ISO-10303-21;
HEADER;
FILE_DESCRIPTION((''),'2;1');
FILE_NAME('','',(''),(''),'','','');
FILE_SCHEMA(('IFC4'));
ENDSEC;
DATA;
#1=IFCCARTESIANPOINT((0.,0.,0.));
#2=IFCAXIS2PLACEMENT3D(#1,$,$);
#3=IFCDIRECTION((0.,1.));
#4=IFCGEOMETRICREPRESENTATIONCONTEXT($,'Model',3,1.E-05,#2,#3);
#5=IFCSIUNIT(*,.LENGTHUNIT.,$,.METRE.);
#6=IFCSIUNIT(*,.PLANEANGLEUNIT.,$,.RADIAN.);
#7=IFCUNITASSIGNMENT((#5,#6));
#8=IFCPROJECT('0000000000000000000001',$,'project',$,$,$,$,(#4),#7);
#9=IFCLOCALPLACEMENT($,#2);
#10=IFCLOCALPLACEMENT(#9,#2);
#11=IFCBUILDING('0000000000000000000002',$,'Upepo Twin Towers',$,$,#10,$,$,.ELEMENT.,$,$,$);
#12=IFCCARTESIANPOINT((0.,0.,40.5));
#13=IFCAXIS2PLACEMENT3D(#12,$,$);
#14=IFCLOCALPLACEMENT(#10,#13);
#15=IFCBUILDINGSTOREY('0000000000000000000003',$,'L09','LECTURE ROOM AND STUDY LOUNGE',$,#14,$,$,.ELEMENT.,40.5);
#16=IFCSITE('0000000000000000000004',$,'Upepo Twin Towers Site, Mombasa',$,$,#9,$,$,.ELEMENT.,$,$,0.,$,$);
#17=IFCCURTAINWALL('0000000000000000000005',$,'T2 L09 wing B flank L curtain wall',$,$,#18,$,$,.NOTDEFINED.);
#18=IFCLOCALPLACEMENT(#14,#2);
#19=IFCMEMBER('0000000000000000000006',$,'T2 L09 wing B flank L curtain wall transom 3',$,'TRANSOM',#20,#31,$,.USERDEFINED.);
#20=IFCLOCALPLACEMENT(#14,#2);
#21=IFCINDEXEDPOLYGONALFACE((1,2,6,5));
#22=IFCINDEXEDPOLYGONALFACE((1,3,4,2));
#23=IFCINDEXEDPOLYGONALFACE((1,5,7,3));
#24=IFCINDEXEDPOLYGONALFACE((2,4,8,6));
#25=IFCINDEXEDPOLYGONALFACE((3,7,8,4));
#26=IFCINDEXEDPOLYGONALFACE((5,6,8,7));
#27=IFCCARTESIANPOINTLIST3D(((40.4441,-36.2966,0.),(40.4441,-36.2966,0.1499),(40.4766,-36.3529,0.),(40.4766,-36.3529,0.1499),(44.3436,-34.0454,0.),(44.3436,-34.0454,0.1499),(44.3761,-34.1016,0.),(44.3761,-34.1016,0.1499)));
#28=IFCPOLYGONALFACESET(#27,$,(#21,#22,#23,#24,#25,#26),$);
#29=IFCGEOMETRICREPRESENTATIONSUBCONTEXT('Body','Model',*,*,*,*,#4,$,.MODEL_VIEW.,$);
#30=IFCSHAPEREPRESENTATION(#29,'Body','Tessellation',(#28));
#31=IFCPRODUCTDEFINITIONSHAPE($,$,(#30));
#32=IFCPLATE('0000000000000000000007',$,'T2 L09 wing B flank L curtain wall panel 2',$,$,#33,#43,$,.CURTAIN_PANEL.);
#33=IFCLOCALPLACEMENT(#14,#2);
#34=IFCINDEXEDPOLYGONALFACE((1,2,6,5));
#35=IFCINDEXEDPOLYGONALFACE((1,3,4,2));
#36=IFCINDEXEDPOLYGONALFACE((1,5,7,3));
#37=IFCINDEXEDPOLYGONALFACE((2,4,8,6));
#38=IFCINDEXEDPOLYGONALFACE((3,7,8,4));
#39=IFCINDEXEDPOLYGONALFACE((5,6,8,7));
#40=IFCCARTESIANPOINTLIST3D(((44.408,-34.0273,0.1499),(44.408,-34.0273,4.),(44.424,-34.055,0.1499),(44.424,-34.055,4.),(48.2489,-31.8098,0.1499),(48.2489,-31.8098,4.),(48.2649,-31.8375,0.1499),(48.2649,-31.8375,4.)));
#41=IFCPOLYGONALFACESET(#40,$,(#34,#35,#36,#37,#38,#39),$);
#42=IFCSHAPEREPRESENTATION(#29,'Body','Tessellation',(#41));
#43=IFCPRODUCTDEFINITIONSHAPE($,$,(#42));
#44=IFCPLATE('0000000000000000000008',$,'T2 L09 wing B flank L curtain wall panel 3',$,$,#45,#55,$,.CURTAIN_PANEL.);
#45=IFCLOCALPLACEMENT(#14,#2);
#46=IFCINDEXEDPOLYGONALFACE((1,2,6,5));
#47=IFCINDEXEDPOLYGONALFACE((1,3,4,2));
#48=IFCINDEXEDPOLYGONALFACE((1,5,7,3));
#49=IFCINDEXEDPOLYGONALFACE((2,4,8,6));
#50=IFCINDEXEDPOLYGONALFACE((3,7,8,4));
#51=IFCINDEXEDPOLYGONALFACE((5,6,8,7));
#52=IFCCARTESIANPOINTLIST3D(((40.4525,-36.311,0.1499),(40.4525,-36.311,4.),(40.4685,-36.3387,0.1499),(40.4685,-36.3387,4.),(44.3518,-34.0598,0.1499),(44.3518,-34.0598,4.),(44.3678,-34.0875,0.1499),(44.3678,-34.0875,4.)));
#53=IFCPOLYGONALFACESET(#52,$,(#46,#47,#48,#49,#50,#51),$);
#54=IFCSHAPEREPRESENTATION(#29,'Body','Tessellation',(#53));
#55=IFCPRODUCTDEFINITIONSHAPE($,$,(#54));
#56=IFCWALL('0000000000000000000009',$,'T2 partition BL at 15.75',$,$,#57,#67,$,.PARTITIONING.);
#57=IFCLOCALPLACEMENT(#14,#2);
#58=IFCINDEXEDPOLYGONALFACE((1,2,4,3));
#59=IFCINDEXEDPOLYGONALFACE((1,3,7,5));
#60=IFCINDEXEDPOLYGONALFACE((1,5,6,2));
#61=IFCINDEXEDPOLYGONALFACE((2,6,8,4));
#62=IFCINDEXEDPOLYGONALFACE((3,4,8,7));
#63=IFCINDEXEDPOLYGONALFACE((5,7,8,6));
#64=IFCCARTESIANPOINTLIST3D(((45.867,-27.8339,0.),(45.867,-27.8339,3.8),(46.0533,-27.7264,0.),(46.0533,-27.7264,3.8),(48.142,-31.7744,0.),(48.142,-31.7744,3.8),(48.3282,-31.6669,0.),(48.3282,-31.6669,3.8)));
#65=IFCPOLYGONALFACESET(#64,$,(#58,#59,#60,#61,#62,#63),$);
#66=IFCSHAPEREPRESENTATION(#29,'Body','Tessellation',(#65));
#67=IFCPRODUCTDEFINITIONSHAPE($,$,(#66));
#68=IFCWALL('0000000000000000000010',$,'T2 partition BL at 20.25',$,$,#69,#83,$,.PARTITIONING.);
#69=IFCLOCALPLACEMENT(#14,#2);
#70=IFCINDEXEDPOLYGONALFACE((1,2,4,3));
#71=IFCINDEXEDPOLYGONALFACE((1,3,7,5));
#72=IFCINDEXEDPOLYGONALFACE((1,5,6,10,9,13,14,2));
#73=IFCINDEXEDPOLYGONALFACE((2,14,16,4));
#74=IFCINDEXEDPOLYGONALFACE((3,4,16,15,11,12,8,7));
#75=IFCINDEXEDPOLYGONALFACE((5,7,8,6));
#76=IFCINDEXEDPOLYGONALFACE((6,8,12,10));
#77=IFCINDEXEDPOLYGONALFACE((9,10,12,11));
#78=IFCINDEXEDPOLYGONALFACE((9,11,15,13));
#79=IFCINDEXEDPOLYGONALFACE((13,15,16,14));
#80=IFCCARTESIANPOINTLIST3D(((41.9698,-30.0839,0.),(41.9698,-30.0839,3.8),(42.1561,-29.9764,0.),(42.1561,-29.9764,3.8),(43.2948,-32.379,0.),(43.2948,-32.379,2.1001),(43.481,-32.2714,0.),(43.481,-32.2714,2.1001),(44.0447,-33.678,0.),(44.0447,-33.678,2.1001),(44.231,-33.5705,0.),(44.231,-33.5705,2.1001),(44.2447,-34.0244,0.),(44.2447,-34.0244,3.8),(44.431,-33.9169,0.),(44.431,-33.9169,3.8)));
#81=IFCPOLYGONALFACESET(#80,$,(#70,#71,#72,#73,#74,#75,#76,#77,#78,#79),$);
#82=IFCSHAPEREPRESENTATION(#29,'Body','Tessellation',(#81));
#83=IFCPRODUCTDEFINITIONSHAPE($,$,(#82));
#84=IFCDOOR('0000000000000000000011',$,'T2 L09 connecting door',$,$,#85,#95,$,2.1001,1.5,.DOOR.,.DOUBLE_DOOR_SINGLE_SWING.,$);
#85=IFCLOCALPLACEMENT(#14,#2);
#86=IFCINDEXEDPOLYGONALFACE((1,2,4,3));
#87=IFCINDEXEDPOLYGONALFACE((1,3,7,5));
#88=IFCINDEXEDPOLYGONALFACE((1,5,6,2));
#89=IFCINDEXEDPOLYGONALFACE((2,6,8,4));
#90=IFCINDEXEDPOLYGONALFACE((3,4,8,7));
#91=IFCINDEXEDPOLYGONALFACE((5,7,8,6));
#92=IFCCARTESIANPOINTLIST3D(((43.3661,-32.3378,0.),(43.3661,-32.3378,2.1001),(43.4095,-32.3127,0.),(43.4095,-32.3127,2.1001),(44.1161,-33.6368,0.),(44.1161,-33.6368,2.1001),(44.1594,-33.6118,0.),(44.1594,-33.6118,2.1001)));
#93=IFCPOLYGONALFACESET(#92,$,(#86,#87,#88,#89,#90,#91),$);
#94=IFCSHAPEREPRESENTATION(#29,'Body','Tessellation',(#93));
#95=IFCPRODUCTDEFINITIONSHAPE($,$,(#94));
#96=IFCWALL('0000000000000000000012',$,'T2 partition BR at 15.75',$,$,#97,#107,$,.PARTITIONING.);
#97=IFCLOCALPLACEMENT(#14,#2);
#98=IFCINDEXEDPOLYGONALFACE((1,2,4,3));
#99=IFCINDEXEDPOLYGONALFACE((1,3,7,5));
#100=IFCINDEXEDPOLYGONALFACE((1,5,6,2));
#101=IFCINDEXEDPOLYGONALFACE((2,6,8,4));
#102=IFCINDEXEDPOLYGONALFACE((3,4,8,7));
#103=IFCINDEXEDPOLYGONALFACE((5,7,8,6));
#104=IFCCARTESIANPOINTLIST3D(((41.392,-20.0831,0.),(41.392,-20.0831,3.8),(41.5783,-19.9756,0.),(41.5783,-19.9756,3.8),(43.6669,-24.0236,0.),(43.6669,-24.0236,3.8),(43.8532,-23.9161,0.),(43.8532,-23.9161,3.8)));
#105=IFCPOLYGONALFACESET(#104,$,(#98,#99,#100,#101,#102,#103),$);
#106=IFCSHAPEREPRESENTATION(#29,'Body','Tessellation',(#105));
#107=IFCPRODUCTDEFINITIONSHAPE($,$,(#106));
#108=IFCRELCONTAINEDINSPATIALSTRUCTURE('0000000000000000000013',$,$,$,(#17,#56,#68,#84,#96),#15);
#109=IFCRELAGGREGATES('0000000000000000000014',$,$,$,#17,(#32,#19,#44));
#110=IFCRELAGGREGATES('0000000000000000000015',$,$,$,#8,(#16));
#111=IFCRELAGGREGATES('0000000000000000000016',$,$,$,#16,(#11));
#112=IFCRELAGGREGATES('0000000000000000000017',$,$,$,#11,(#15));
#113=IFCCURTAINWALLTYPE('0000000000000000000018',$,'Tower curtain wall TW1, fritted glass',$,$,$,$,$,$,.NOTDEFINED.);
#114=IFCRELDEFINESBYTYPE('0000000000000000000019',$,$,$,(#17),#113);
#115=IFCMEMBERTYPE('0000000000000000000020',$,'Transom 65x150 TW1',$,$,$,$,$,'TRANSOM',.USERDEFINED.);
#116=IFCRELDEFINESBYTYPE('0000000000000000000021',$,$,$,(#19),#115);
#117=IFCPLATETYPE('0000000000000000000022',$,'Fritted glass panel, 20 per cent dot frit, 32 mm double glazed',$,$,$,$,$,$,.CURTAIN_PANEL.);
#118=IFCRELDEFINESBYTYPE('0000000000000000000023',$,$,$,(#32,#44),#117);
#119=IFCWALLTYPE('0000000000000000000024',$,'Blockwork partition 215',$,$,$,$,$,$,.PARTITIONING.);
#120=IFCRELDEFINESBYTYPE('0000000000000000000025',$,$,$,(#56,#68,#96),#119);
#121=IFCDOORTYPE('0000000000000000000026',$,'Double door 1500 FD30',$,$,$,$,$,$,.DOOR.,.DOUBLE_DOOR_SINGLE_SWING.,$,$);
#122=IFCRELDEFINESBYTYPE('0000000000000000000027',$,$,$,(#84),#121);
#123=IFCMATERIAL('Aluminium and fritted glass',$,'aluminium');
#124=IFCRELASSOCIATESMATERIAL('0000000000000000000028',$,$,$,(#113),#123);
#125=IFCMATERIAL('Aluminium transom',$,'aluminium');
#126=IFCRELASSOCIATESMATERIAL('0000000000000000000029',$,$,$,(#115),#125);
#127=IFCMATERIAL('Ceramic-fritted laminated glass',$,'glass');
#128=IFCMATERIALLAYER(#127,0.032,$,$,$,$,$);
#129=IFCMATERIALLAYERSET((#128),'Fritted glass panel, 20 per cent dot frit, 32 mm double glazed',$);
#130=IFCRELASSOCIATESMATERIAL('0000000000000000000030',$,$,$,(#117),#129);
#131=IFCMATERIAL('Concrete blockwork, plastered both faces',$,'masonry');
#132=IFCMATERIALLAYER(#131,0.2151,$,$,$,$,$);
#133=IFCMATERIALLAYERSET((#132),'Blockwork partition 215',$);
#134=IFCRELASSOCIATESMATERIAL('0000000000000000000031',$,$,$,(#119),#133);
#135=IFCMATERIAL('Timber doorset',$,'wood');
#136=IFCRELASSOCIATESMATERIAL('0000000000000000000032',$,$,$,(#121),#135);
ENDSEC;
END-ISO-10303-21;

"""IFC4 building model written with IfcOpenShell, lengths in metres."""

from ifc_helpers import new_model, si_unit, direction, frame, frame_2d, origin, origin_2d, place, context, subcontext, project, spatial, rectangle, extrude, material, layer, layer_set, material_profile, profile_set, type_object, element, fill, aggregate, save


model = new_model("IFC4")

# Units and contexts
model_context = context("Model", 3, precision=1e-05, world=origin(), true_north=direction((0.0, 1.0)))
body_context = subcontext(model_context, "Body", "Model", "MODEL_VIEW")
ifc_project = project(units=[si_unit("LENGTHUNIT", "METRE"), si_unit("PLANEANGLEUNIT", "RADIAN")], contexts=[model_context])

# Site, building, storey
site_placement = place(None, origin())
site = spatial("IfcSite", under=ifc_project, at=site_placement, Name="Upepo Twin Towers Site, Mombasa", CompositionType="ELEMENT", RefElevation=0.0)
building_placement = place(site_placement, origin())
building = spatial("IfcBuilding", under=site, at=building_placement, Name="Upepo Twin Towers", CompositionType="ELEMENT")
storey_placement = place(building_placement, frame((0.0, 0.0, 40.5)))
storey = spatial("IfcBuildingStorey", under=building, at=storey_placement, Name="L09", Description="LECTURE ROOM AND STUDY LOUNGE", CompositionType="ELEMENT", Elevation=40.5)

# Curtain wall, member, plates
ifc_material_1 = material(Name="Aluminium and fritted glass", Category="aluminium")
curtain_wall_type = type_object("IfcCurtainWallType", Name="Tower curtain wall TW1, fritted glass", PredefinedType="NOTDEFINED", material=ifc_material_1)
curtain_wall_placement = place(storey_placement, origin())
curtain_wall = element("IfcCurtainWall", 1, at=curtain_wall_placement, inside=storey, type_object=curtain_wall_type, Name="T2 L09 wing B flank L curtain wall", PredefinedType="NOTDEFINED")
ifc_material_2 = material(Name="Aluminium transom", Category="aluminium")
ifc_material_profile_1 = material_profile(ifc_material_2, rectangle(XDim=0.0649, YDim=0.1499, at=origin_2d()), Name="TRANSOM 65x150")
ifc_profile_set_1 = profile_set([ifc_material_profile_1], Name="Aluminium transom")
member_type_1 = type_object("IfcMemberType", Name="Transom 65x150 TW1", ElementType="TRANSOM", PredefinedType="USERDEFINED", material=ifc_profile_set_1)
member_1_placement = place(storey_placement, frame((44.3599, -34.0735, 0.075), z_axis=(-0.866036, -0.499982, 0.0), x_axis=(0.499982, -0.866036, 0.0)))
member_1 = element("IfcMember", 2, at=member_1_placement, type_object=member_type_1, Name="T2 L09 wing B flank L curtain wall transom 3", ObjectType="TRANSOM", PredefinedType="USERDEFINED", context=body_context, shape_type="SweptSolid", body=[
    extrude(rectangle(XDim=0.0649, YDim=0.1499, at=origin_2d()), origin(), (0.0, 0.0, 1.0), 4.5027),
])
ifc_material_3 = material(Name="Ceramic-fritted laminated glass", Category="glass")
ifc_layer_1 = layer(ifc_material_3, 0.032)
ifc_layer_set_1 = layer_set([ifc_layer_1], Name="Fritted glass panel, 20 per cent dot frit, 32 mm double glazed")
plate_type = type_object("IfcPlateType", Name="Fritted glass panel, 20 per cent dot frit, 32 mm double glazed", PredefinedType="CURTAIN_PANEL", material=ifc_layer_set_1)
plate_1_placement = place(storey_placement, frame((46.3364, -32.9324, 0.1499), z_axis=(0.0, 0.0, 1.0), x_axis=(-0.866025, -0.5, 0.0)))
plate_1 = element("IfcPlate", 3, at=plate_1_placement, type_object=plate_type, Name="T2 L09 wing B flank L curtain wall panel 2", PredefinedType="CURTAIN_PANEL", context=body_context, shape_type="SweptSolid", body=[
    extrude(rectangle(XDim=4.4351, YDim=0.032, at=origin_2d()), origin(), (0.0, 0.0, 1.0), 3.8501),
])
plate_2_placement = place(storey_placement, frame((42.4102, -35.1992, 0.1499), z_axis=(0.0, 0.0, 1.0), x_axis=(-0.866025, -0.5, 0.0)))
plate_2 = element("IfcPlate", 4, at=plate_2_placement, type_object=plate_type, Name="T2 L09 wing B flank L curtain wall panel 3", PredefinedType="CURTAIN_PANEL", context=body_context, shape_type="SweptSolid", body=[
    extrude(rectangle(XDim=4.5024, YDim=0.032, at=origin_2d()), origin(), (0.0, 0.0, 1.0), 3.8501),
])
aggregate(curtain_wall, [plate_1, member_1, plate_2])

# Wall
ifc_material_4 = material(Name="Concrete blockwork, plastered both faces", Category="masonry")
ifc_layer_2 = layer(ifc_material_4, 0.2151)
ifc_layer_set_2 = layer_set([ifc_layer_2], Name="Blockwork partition 215")
wall_type_1 = type_object("IfcWallType", Name="Blockwork partition 215", PredefinedType="PARTITIONING", material=ifc_layer_set_2)
wall_1_placement = place(storey_placement, frame((45.9602, -27.7803, 0.0), z_axis=(0.0, 0.0, 1.0), x_axis=(0.499983, -0.866035, 0.0)))
element("IfcWall", 5, at=wall_1_placement, inside=storey, type_object=wall_type_1, Name="T2 partition BL at 15.75", PredefinedType="PARTITIONING", context=body_context, shape_type="SweptSolid", body=[
    extrude(rectangle(XDim=4.55, YDim=0.2151, at=frame_2d((2.2749, 0.0))), origin(), (0.0, 0.0, 1.0), 3.8),
])

# Wall, opening, door
wall_2_placement = place(storey_placement, frame((42.063, -30.0303, 0.0), z_axis=(0.0, 0.0, 1.0), x_axis=(0.499983, -0.866035, 0.0)))
wall_2 = element("IfcWall", 6, at=wall_2_placement, inside=storey, type_object=wall_type_1, Name="T2 partition BL at 20.25", PredefinedType="PARTITIONING", context=body_context, shape_type="SweptSolid", body=[
    extrude(rectangle(XDim=4.55, YDim=0.2151, at=frame_2d((2.2749, 0.0))), origin(), (0.0, 0.0, 1.0), 3.8),
])
opening_1_placement = place(wall_2_placement, frame((2.6499, 0.0, 0.0)))
opening_1 = element("IfcOpeningElement", 7, at=opening_1_placement, cuts=wall_2, PredefinedType="OPENING", context=body_context, shape_type="SweptSolid", body=[
    extrude(rectangle(XDim=1.5, YDim=2.1001, at=frame_2d((0.75, 1.05))), frame((0.0, 0.1174, 0.0), z_axis=(0.0, -1.0, 0.0), x_axis=(1.0, 0.0, 0.0)), (0.0, 0.0, 1.0), 0.2351),
])
ifc_material_5 = material(Name="Timber doorset", Category="wood")
door_type_1 = type_object("IfcDoorType", Name="Double door 1500 FD30", OperationType="DOUBLE_DOOR_SINGLE_SWING", PredefinedType="DOOR", material=ifc_material_5)
door_1_placement = place(opening_1_placement, origin())
door_1 = element("IfcDoor", 8, at=door_1_placement, inside=storey, type_object=door_type_1, Name="T2 L09 connecting door", OperationType="DOUBLE_DOOR_SINGLE_SWING", OverallHeight=2.1001, OverallWidth=1.5, PredefinedType="DOOR", context=body_context, shape_type="SweptSolid", body=[
    extrude(rectangle(XDim=1.5, YDim=2.1001, at=frame_2d((0.75, 1.05))), frame((0.0, 0.0249, 0.0), z_axis=(0.0, -1.0, 0.0), x_axis=(1.0, 0.0, 0.0)), (0.0, 0.0, 1.0), 0.05),
])
fill(opening_1, door_1)

# Wall
wall_3_placement = place(storey_placement, frame((43.76, -23.9697, 0.0), z_axis=(0.0, 0.0, 1.0), x_axis=(-0.499983, 0.866035, 0.0)))
element("IfcWall", 9, at=wall_3_placement, inside=storey, type_object=wall_type_1, Name="T2 partition BR at 15.75", PredefinedType="PARTITIONING", context=body_context, shape_type="SweptSolid", body=[
    extrude(rectangle(XDim=4.55, YDim=0.2151, at=frame_2d((2.2749, 0.0))), origin(), (0.0, 0.0, 1.0), 3.8),
])

save(model, "model.ifc")
